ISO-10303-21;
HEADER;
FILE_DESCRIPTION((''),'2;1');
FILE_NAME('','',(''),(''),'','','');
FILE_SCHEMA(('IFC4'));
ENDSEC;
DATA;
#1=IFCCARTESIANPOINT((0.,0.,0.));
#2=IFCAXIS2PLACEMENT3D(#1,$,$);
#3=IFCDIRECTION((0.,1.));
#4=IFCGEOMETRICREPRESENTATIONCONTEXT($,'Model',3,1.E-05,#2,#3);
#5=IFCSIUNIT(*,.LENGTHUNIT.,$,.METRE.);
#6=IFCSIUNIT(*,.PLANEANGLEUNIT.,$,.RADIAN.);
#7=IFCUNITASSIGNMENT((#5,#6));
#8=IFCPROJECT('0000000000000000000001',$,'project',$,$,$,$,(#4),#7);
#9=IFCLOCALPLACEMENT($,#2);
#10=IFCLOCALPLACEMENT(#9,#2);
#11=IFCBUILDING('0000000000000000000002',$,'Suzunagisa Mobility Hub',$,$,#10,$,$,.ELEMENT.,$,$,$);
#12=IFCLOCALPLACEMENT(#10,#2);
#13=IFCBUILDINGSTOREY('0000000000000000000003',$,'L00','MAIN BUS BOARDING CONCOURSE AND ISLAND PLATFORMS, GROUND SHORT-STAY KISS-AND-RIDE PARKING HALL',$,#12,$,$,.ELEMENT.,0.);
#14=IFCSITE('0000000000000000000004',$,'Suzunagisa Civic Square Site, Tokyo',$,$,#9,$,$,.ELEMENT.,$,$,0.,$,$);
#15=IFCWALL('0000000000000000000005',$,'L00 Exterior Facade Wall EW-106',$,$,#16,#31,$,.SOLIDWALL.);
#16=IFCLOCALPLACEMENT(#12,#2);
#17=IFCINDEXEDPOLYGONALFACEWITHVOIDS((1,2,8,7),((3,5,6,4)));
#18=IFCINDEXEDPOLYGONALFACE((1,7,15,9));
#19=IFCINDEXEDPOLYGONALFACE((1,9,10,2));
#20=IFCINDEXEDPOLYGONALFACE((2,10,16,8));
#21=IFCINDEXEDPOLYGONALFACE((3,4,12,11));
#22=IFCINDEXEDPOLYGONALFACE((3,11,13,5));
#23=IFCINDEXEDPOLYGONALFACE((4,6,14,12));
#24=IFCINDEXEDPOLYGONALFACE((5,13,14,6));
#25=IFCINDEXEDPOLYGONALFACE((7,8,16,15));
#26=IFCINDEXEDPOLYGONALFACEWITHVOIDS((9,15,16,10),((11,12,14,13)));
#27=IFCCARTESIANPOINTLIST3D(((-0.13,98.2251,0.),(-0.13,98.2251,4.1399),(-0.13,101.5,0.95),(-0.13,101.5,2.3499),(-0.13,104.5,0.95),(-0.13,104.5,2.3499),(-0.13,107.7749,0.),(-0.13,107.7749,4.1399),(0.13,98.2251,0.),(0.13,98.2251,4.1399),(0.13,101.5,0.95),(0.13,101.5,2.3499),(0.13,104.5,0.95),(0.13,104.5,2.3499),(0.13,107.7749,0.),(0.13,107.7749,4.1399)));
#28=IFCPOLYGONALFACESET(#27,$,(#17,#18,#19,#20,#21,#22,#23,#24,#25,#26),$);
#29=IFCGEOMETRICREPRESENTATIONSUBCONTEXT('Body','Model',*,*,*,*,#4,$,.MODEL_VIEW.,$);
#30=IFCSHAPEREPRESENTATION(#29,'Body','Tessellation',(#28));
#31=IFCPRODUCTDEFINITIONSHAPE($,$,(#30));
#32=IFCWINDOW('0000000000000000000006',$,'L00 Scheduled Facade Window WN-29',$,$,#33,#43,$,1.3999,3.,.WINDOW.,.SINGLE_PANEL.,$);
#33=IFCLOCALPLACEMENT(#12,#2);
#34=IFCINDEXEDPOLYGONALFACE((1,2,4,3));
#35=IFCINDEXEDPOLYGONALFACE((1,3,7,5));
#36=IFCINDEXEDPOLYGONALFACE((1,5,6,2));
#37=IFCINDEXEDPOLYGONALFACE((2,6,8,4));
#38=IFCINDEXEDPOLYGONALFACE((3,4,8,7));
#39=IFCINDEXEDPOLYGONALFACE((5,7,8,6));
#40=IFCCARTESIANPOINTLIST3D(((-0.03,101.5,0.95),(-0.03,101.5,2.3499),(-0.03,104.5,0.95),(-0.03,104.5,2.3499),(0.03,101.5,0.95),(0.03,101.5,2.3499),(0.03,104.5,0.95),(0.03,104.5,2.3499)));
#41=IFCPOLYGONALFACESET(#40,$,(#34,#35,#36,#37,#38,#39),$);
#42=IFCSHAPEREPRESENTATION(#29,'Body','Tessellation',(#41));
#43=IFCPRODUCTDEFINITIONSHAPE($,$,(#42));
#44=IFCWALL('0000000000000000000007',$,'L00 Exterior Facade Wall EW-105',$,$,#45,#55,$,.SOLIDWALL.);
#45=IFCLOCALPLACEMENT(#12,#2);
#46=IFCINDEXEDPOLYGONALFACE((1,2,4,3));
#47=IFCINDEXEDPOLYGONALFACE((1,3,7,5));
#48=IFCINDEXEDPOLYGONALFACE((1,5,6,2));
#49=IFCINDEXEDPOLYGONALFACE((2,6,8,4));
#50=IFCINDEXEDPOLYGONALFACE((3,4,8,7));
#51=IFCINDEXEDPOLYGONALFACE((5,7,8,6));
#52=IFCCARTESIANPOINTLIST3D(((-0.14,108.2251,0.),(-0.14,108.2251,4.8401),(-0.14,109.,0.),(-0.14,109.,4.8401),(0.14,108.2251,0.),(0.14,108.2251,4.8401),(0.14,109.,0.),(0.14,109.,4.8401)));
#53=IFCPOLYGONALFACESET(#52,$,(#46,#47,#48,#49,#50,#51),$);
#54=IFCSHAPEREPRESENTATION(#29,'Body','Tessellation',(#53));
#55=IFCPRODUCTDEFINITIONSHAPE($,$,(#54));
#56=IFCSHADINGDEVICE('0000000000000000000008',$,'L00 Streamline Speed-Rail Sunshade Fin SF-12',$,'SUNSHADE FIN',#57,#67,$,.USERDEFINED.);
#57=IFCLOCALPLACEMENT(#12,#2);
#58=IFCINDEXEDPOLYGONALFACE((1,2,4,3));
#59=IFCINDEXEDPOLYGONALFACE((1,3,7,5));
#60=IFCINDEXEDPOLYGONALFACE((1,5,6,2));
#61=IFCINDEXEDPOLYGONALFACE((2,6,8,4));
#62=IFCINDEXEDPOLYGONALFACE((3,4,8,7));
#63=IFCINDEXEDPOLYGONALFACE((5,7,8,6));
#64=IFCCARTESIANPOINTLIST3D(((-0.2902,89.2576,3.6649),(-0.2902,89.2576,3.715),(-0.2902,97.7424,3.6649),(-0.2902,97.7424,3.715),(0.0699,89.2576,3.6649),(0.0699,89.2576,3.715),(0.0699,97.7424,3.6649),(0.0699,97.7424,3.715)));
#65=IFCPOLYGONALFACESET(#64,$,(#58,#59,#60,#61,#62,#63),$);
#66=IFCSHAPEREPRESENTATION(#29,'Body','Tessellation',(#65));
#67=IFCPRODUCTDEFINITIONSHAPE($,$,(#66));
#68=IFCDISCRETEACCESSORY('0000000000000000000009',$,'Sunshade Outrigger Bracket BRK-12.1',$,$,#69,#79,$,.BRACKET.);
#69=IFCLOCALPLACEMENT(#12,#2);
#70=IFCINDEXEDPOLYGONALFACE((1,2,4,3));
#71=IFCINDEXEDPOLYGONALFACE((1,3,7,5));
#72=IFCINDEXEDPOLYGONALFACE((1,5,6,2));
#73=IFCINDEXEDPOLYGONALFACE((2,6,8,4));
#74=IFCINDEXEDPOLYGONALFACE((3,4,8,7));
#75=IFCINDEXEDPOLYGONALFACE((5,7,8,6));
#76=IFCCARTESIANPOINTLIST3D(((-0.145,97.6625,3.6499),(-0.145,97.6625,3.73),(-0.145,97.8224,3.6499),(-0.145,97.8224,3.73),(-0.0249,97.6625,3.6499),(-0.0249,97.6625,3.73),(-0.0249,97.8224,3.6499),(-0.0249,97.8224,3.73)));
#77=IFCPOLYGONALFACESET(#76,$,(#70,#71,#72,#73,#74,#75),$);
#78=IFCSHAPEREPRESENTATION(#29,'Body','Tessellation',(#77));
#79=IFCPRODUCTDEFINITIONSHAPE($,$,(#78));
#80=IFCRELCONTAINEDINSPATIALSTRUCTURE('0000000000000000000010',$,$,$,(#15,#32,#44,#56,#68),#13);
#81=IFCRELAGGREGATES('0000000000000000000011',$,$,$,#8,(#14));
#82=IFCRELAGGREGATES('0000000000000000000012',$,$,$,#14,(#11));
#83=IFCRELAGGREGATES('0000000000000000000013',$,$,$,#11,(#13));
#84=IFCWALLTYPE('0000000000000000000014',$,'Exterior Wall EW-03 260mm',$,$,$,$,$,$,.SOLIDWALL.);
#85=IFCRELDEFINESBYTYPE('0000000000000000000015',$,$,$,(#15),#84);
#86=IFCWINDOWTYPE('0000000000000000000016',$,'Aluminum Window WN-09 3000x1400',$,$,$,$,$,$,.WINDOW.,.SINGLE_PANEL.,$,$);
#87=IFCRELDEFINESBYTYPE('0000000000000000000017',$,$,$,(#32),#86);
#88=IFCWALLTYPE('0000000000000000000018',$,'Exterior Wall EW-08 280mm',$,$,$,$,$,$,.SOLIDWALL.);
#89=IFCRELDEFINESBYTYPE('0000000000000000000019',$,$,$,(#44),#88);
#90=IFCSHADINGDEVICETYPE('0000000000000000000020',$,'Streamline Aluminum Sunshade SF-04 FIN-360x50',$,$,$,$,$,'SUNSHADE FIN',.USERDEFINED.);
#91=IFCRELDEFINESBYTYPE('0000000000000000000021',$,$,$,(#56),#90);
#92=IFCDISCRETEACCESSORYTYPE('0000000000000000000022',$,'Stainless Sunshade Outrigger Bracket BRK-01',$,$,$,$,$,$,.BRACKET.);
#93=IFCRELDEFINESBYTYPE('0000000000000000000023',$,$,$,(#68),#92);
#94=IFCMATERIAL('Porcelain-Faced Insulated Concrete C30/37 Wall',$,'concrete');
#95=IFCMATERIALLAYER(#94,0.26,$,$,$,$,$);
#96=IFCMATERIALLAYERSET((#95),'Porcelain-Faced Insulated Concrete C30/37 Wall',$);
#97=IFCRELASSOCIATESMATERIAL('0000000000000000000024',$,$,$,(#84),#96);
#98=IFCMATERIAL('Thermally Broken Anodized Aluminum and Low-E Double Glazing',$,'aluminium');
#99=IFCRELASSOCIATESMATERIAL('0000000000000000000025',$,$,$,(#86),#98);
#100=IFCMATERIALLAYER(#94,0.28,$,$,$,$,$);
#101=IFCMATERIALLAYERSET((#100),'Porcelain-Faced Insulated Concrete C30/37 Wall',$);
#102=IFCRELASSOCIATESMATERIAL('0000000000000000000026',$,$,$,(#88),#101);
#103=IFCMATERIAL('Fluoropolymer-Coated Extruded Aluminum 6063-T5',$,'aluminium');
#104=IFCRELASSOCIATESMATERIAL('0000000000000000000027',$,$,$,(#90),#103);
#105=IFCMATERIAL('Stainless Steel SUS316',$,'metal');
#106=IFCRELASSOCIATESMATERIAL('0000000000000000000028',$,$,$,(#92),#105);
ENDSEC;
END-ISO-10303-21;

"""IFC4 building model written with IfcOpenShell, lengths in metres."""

from ifc_helpers import new_model, si_unit, direction, frame, frame_2d, origin, origin_2d, place, context, subcontext, project, spatial, rectangle, extrude, material, layer, layer_set, material_profile, profile_set, type_object, element, fill, save


model = new_model("IFC4")

# Units and contexts
model_context = context("Model", 3, precision=1e-05, world=origin(), true_north=direction((0.0, 1.0)))
body_context = subcontext(model_context, "Body", "Model", "MODEL_VIEW")
ifc_project = project(units=[si_unit("LENGTHUNIT", "METRE"), si_unit("PLANEANGLEUNIT", "RADIAN")], contexts=[model_context])

# Site, building, storey
site_placement = place(None, origin())
site = spatial("IfcSite", under=ifc_project, at=site_placement, Name="Suzunagisa Civic Square Site, Tokyo", CompositionType="ELEMENT", RefElevation=0.0)
building_placement = place(site_placement, origin())
building = spatial("IfcBuilding", under=site, at=building_placement, Name="Suzunagisa Mobility Hub", CompositionType="ELEMENT")
storey_placement = place(building_placement, origin())
storey = spatial("IfcBuildingStorey", under=building, at=storey_placement, Name="L00", Description="MAIN BUS BOARDING CONCOURSE AND ISLAND PLATFORMS, GROUND SHORT-STAY KISS-AND-RIDE PARKING HALL", CompositionType="ELEMENT", Elevation=0.0)

# Wall, opening, window
ifc_material_1 = material(Name="Porcelain-Faced Insulated Concrete C30/37 Wall", Category="concrete")
ifc_layer_1 = layer(ifc_material_1, 0.26)
ifc_layer_set_1 = layer_set([ifc_layer_1], Name="Porcelain-Faced Insulated Concrete C30/37 Wall")
wall_type_1 = type_object("IfcWallType", Name="Exterior Wall EW-03 260mm", PredefinedType="SOLIDWALL", material=ifc_layer_set_1)
wall_1_placement = place(storey_placement, frame((0.0, 107.7749, 0.0), z_axis=(0.0, 0.0, 1.0), x_axis=(0.0, -1.0, 0.0)))
wall_1 = element("IfcWall", 1, at=wall_1_placement, inside=storey, type_object=wall_type_1, Name="L00 Exterior Facade Wall EW-106", PredefinedType="SOLIDWALL", context=body_context, shape_type="SweptSolid", body=[
    extrude(rectangle(XDim=9.5498, YDim=0.26, at=frame_2d((4.7749, 0.0))), origin(), (0.0, 0.0, 1.0), 4.1399),
])
opening_placement = place(wall_1_placement, frame((3.2749, 0.0, 0.95)))
opening = element("IfcOpeningElement", 2, at=opening_placement, cuts=wall_1, PredefinedType="OPENING", context=body_context, shape_type="SweptSolid", body=[
    extrude(rectangle(XDim=3.0, YDim=1.3999, at=frame_2d((1.5, 0.7))), frame((0.0, 0.1411, 0.0), z_axis=(0.0, -1.0, 0.0), x_axis=(1.0, 0.0, 0.0)), (0.0, 0.0, 1.0), 0.282),
])
ifc_material_2 = material(Name="Thermally Broken Anodized Aluminum and Low-E Double Glazing", Category="aluminium")
window_type = type_object("IfcWindowType", Name="Aluminum Window WN-09 3000x1400", PartitioningType="SINGLE_PANEL", PredefinedType="WINDOW", material=ifc_material_2)
window_placement = place(opening_placement, origin())
window = element("IfcWindow", 3, at=window_placement, inside=storey, type_object=window_type, Name="L00 Scheduled Facade Window WN-29", OverallHeight=1.3999, OverallWidth=3.0, PartitioningType="SINGLE_PANEL", PredefinedType="WINDOW", context=body_context, shape_type="SweptSolid", body=[
    extrude(rectangle(XDim=3.0, YDim=1.3999, at=frame_2d((1.5, 0.7))), frame((0.0, 0.03, 0.0), z_axis=(0.0, -1.0, 0.0), x_axis=(1.0, 0.0, 0.0)), (0.0, 0.0, 1.0), 0.0601),
])
fill(opening, window)

# Wall
ifc_layer_2 = layer(ifc_material_1, 0.28)
ifc_layer_set_2 = layer_set([ifc_layer_2], Name="Porcelain-Faced Insulated Concrete C30/37 Wall")
wall_type_2 = type_object("IfcWallType", Name="Exterior Wall EW-08 280mm", PredefinedType="SOLIDWALL", material=ifc_layer_set_2)
wall_2_placement = place(storey_placement, frame((0.0, 109.0, 0.0), z_axis=(0.0, 0.0, 1.0), x_axis=(0.0, -1.0, 0.0)))
element("IfcWall", 4, at=wall_2_placement, inside=storey, type_object=wall_type_2, Name="L00 Exterior Facade Wall EW-105", PredefinedType="SOLIDWALL", context=body_context, shape_type="SweptSolid", body=[
    extrude(rectangle(XDim=0.7749, YDim=0.28, at=frame_2d((0.3875, 0.0))), origin(), (0.0, 0.0, 1.0), 4.8401),
])

# Shading device
ifc_material_3 = material(Name="Fluoropolymer-Coated Extruded Aluminum 6063-T5", Category="aluminium")
ifc_material_profile_1 = material_profile(ifc_material_3, rectangle(XDim=0.3601, YDim=0.05, at=origin_2d()), Name="FIN-360x50")
ifc_profile_set_1 = profile_set([ifc_material_profile_1], Name="Fluoropolymer-Coated Extruded Aluminum 6063-T5")
shading_device_type = type_object("IfcShadingDeviceType", Name="Streamline Aluminum Sunshade SF-04 FIN-360x50", ElementType="SUNSHADE FIN", PredefinedType="USERDEFINED", material=ifc_profile_set_1)
shading_device_placement = place(storey_placement, frame((-0.1101, 97.7424, 3.6899), z_axis=(0.0, -1.0, 0.0), x_axis=(1.0, 0.0, 0.0)))
element("IfcShadingDevice", 5, at=shading_device_placement, inside=storey, type_object=shading_device_type, Name="L00 Streamline Speed-Rail Sunshade Fin SF-12", ObjectType="SUNSHADE FIN", PredefinedType="USERDEFINED", context=body_context, shape_type="SweptSolid", body=[
    extrude(rectangle(XDim=0.3601, YDim=0.05, at=origin_2d()), origin(), (0.0, 0.0, 1.0), 8.4849),
])

# Discrete accessory
ifc_material_4 = material(Name="Stainless Steel SUS316", Category="metal")
discrete_accessory_type = type_object("IfcDiscreteAccessoryType", Name="Stainless Sunshade Outrigger Bracket BRK-01", PredefinedType="BRACKET", material=ifc_material_4)
discrete_accessory_placement = place(storey_placement, frame((-0.085, 97.7424, 3.6499), z_axis=(0.0, 0.0, 1.0), x_axis=(0.0, -1.0, 0.0)))
element("IfcDiscreteAccessory", 6, at=discrete_accessory_placement, inside=storey, type_object=discrete_accessory_type, Name="Sunshade Outrigger Bracket BRK-12.1", PredefinedType="BRACKET", context=body_context, shape_type="SweptSolid", body=[
    extrude(rectangle(XDim=0.1599, YDim=0.1201, at=origin_2d()), origin(), (0.0, 0.0, 1.0), 0.0801),
])

save(model, "model.ifc")
